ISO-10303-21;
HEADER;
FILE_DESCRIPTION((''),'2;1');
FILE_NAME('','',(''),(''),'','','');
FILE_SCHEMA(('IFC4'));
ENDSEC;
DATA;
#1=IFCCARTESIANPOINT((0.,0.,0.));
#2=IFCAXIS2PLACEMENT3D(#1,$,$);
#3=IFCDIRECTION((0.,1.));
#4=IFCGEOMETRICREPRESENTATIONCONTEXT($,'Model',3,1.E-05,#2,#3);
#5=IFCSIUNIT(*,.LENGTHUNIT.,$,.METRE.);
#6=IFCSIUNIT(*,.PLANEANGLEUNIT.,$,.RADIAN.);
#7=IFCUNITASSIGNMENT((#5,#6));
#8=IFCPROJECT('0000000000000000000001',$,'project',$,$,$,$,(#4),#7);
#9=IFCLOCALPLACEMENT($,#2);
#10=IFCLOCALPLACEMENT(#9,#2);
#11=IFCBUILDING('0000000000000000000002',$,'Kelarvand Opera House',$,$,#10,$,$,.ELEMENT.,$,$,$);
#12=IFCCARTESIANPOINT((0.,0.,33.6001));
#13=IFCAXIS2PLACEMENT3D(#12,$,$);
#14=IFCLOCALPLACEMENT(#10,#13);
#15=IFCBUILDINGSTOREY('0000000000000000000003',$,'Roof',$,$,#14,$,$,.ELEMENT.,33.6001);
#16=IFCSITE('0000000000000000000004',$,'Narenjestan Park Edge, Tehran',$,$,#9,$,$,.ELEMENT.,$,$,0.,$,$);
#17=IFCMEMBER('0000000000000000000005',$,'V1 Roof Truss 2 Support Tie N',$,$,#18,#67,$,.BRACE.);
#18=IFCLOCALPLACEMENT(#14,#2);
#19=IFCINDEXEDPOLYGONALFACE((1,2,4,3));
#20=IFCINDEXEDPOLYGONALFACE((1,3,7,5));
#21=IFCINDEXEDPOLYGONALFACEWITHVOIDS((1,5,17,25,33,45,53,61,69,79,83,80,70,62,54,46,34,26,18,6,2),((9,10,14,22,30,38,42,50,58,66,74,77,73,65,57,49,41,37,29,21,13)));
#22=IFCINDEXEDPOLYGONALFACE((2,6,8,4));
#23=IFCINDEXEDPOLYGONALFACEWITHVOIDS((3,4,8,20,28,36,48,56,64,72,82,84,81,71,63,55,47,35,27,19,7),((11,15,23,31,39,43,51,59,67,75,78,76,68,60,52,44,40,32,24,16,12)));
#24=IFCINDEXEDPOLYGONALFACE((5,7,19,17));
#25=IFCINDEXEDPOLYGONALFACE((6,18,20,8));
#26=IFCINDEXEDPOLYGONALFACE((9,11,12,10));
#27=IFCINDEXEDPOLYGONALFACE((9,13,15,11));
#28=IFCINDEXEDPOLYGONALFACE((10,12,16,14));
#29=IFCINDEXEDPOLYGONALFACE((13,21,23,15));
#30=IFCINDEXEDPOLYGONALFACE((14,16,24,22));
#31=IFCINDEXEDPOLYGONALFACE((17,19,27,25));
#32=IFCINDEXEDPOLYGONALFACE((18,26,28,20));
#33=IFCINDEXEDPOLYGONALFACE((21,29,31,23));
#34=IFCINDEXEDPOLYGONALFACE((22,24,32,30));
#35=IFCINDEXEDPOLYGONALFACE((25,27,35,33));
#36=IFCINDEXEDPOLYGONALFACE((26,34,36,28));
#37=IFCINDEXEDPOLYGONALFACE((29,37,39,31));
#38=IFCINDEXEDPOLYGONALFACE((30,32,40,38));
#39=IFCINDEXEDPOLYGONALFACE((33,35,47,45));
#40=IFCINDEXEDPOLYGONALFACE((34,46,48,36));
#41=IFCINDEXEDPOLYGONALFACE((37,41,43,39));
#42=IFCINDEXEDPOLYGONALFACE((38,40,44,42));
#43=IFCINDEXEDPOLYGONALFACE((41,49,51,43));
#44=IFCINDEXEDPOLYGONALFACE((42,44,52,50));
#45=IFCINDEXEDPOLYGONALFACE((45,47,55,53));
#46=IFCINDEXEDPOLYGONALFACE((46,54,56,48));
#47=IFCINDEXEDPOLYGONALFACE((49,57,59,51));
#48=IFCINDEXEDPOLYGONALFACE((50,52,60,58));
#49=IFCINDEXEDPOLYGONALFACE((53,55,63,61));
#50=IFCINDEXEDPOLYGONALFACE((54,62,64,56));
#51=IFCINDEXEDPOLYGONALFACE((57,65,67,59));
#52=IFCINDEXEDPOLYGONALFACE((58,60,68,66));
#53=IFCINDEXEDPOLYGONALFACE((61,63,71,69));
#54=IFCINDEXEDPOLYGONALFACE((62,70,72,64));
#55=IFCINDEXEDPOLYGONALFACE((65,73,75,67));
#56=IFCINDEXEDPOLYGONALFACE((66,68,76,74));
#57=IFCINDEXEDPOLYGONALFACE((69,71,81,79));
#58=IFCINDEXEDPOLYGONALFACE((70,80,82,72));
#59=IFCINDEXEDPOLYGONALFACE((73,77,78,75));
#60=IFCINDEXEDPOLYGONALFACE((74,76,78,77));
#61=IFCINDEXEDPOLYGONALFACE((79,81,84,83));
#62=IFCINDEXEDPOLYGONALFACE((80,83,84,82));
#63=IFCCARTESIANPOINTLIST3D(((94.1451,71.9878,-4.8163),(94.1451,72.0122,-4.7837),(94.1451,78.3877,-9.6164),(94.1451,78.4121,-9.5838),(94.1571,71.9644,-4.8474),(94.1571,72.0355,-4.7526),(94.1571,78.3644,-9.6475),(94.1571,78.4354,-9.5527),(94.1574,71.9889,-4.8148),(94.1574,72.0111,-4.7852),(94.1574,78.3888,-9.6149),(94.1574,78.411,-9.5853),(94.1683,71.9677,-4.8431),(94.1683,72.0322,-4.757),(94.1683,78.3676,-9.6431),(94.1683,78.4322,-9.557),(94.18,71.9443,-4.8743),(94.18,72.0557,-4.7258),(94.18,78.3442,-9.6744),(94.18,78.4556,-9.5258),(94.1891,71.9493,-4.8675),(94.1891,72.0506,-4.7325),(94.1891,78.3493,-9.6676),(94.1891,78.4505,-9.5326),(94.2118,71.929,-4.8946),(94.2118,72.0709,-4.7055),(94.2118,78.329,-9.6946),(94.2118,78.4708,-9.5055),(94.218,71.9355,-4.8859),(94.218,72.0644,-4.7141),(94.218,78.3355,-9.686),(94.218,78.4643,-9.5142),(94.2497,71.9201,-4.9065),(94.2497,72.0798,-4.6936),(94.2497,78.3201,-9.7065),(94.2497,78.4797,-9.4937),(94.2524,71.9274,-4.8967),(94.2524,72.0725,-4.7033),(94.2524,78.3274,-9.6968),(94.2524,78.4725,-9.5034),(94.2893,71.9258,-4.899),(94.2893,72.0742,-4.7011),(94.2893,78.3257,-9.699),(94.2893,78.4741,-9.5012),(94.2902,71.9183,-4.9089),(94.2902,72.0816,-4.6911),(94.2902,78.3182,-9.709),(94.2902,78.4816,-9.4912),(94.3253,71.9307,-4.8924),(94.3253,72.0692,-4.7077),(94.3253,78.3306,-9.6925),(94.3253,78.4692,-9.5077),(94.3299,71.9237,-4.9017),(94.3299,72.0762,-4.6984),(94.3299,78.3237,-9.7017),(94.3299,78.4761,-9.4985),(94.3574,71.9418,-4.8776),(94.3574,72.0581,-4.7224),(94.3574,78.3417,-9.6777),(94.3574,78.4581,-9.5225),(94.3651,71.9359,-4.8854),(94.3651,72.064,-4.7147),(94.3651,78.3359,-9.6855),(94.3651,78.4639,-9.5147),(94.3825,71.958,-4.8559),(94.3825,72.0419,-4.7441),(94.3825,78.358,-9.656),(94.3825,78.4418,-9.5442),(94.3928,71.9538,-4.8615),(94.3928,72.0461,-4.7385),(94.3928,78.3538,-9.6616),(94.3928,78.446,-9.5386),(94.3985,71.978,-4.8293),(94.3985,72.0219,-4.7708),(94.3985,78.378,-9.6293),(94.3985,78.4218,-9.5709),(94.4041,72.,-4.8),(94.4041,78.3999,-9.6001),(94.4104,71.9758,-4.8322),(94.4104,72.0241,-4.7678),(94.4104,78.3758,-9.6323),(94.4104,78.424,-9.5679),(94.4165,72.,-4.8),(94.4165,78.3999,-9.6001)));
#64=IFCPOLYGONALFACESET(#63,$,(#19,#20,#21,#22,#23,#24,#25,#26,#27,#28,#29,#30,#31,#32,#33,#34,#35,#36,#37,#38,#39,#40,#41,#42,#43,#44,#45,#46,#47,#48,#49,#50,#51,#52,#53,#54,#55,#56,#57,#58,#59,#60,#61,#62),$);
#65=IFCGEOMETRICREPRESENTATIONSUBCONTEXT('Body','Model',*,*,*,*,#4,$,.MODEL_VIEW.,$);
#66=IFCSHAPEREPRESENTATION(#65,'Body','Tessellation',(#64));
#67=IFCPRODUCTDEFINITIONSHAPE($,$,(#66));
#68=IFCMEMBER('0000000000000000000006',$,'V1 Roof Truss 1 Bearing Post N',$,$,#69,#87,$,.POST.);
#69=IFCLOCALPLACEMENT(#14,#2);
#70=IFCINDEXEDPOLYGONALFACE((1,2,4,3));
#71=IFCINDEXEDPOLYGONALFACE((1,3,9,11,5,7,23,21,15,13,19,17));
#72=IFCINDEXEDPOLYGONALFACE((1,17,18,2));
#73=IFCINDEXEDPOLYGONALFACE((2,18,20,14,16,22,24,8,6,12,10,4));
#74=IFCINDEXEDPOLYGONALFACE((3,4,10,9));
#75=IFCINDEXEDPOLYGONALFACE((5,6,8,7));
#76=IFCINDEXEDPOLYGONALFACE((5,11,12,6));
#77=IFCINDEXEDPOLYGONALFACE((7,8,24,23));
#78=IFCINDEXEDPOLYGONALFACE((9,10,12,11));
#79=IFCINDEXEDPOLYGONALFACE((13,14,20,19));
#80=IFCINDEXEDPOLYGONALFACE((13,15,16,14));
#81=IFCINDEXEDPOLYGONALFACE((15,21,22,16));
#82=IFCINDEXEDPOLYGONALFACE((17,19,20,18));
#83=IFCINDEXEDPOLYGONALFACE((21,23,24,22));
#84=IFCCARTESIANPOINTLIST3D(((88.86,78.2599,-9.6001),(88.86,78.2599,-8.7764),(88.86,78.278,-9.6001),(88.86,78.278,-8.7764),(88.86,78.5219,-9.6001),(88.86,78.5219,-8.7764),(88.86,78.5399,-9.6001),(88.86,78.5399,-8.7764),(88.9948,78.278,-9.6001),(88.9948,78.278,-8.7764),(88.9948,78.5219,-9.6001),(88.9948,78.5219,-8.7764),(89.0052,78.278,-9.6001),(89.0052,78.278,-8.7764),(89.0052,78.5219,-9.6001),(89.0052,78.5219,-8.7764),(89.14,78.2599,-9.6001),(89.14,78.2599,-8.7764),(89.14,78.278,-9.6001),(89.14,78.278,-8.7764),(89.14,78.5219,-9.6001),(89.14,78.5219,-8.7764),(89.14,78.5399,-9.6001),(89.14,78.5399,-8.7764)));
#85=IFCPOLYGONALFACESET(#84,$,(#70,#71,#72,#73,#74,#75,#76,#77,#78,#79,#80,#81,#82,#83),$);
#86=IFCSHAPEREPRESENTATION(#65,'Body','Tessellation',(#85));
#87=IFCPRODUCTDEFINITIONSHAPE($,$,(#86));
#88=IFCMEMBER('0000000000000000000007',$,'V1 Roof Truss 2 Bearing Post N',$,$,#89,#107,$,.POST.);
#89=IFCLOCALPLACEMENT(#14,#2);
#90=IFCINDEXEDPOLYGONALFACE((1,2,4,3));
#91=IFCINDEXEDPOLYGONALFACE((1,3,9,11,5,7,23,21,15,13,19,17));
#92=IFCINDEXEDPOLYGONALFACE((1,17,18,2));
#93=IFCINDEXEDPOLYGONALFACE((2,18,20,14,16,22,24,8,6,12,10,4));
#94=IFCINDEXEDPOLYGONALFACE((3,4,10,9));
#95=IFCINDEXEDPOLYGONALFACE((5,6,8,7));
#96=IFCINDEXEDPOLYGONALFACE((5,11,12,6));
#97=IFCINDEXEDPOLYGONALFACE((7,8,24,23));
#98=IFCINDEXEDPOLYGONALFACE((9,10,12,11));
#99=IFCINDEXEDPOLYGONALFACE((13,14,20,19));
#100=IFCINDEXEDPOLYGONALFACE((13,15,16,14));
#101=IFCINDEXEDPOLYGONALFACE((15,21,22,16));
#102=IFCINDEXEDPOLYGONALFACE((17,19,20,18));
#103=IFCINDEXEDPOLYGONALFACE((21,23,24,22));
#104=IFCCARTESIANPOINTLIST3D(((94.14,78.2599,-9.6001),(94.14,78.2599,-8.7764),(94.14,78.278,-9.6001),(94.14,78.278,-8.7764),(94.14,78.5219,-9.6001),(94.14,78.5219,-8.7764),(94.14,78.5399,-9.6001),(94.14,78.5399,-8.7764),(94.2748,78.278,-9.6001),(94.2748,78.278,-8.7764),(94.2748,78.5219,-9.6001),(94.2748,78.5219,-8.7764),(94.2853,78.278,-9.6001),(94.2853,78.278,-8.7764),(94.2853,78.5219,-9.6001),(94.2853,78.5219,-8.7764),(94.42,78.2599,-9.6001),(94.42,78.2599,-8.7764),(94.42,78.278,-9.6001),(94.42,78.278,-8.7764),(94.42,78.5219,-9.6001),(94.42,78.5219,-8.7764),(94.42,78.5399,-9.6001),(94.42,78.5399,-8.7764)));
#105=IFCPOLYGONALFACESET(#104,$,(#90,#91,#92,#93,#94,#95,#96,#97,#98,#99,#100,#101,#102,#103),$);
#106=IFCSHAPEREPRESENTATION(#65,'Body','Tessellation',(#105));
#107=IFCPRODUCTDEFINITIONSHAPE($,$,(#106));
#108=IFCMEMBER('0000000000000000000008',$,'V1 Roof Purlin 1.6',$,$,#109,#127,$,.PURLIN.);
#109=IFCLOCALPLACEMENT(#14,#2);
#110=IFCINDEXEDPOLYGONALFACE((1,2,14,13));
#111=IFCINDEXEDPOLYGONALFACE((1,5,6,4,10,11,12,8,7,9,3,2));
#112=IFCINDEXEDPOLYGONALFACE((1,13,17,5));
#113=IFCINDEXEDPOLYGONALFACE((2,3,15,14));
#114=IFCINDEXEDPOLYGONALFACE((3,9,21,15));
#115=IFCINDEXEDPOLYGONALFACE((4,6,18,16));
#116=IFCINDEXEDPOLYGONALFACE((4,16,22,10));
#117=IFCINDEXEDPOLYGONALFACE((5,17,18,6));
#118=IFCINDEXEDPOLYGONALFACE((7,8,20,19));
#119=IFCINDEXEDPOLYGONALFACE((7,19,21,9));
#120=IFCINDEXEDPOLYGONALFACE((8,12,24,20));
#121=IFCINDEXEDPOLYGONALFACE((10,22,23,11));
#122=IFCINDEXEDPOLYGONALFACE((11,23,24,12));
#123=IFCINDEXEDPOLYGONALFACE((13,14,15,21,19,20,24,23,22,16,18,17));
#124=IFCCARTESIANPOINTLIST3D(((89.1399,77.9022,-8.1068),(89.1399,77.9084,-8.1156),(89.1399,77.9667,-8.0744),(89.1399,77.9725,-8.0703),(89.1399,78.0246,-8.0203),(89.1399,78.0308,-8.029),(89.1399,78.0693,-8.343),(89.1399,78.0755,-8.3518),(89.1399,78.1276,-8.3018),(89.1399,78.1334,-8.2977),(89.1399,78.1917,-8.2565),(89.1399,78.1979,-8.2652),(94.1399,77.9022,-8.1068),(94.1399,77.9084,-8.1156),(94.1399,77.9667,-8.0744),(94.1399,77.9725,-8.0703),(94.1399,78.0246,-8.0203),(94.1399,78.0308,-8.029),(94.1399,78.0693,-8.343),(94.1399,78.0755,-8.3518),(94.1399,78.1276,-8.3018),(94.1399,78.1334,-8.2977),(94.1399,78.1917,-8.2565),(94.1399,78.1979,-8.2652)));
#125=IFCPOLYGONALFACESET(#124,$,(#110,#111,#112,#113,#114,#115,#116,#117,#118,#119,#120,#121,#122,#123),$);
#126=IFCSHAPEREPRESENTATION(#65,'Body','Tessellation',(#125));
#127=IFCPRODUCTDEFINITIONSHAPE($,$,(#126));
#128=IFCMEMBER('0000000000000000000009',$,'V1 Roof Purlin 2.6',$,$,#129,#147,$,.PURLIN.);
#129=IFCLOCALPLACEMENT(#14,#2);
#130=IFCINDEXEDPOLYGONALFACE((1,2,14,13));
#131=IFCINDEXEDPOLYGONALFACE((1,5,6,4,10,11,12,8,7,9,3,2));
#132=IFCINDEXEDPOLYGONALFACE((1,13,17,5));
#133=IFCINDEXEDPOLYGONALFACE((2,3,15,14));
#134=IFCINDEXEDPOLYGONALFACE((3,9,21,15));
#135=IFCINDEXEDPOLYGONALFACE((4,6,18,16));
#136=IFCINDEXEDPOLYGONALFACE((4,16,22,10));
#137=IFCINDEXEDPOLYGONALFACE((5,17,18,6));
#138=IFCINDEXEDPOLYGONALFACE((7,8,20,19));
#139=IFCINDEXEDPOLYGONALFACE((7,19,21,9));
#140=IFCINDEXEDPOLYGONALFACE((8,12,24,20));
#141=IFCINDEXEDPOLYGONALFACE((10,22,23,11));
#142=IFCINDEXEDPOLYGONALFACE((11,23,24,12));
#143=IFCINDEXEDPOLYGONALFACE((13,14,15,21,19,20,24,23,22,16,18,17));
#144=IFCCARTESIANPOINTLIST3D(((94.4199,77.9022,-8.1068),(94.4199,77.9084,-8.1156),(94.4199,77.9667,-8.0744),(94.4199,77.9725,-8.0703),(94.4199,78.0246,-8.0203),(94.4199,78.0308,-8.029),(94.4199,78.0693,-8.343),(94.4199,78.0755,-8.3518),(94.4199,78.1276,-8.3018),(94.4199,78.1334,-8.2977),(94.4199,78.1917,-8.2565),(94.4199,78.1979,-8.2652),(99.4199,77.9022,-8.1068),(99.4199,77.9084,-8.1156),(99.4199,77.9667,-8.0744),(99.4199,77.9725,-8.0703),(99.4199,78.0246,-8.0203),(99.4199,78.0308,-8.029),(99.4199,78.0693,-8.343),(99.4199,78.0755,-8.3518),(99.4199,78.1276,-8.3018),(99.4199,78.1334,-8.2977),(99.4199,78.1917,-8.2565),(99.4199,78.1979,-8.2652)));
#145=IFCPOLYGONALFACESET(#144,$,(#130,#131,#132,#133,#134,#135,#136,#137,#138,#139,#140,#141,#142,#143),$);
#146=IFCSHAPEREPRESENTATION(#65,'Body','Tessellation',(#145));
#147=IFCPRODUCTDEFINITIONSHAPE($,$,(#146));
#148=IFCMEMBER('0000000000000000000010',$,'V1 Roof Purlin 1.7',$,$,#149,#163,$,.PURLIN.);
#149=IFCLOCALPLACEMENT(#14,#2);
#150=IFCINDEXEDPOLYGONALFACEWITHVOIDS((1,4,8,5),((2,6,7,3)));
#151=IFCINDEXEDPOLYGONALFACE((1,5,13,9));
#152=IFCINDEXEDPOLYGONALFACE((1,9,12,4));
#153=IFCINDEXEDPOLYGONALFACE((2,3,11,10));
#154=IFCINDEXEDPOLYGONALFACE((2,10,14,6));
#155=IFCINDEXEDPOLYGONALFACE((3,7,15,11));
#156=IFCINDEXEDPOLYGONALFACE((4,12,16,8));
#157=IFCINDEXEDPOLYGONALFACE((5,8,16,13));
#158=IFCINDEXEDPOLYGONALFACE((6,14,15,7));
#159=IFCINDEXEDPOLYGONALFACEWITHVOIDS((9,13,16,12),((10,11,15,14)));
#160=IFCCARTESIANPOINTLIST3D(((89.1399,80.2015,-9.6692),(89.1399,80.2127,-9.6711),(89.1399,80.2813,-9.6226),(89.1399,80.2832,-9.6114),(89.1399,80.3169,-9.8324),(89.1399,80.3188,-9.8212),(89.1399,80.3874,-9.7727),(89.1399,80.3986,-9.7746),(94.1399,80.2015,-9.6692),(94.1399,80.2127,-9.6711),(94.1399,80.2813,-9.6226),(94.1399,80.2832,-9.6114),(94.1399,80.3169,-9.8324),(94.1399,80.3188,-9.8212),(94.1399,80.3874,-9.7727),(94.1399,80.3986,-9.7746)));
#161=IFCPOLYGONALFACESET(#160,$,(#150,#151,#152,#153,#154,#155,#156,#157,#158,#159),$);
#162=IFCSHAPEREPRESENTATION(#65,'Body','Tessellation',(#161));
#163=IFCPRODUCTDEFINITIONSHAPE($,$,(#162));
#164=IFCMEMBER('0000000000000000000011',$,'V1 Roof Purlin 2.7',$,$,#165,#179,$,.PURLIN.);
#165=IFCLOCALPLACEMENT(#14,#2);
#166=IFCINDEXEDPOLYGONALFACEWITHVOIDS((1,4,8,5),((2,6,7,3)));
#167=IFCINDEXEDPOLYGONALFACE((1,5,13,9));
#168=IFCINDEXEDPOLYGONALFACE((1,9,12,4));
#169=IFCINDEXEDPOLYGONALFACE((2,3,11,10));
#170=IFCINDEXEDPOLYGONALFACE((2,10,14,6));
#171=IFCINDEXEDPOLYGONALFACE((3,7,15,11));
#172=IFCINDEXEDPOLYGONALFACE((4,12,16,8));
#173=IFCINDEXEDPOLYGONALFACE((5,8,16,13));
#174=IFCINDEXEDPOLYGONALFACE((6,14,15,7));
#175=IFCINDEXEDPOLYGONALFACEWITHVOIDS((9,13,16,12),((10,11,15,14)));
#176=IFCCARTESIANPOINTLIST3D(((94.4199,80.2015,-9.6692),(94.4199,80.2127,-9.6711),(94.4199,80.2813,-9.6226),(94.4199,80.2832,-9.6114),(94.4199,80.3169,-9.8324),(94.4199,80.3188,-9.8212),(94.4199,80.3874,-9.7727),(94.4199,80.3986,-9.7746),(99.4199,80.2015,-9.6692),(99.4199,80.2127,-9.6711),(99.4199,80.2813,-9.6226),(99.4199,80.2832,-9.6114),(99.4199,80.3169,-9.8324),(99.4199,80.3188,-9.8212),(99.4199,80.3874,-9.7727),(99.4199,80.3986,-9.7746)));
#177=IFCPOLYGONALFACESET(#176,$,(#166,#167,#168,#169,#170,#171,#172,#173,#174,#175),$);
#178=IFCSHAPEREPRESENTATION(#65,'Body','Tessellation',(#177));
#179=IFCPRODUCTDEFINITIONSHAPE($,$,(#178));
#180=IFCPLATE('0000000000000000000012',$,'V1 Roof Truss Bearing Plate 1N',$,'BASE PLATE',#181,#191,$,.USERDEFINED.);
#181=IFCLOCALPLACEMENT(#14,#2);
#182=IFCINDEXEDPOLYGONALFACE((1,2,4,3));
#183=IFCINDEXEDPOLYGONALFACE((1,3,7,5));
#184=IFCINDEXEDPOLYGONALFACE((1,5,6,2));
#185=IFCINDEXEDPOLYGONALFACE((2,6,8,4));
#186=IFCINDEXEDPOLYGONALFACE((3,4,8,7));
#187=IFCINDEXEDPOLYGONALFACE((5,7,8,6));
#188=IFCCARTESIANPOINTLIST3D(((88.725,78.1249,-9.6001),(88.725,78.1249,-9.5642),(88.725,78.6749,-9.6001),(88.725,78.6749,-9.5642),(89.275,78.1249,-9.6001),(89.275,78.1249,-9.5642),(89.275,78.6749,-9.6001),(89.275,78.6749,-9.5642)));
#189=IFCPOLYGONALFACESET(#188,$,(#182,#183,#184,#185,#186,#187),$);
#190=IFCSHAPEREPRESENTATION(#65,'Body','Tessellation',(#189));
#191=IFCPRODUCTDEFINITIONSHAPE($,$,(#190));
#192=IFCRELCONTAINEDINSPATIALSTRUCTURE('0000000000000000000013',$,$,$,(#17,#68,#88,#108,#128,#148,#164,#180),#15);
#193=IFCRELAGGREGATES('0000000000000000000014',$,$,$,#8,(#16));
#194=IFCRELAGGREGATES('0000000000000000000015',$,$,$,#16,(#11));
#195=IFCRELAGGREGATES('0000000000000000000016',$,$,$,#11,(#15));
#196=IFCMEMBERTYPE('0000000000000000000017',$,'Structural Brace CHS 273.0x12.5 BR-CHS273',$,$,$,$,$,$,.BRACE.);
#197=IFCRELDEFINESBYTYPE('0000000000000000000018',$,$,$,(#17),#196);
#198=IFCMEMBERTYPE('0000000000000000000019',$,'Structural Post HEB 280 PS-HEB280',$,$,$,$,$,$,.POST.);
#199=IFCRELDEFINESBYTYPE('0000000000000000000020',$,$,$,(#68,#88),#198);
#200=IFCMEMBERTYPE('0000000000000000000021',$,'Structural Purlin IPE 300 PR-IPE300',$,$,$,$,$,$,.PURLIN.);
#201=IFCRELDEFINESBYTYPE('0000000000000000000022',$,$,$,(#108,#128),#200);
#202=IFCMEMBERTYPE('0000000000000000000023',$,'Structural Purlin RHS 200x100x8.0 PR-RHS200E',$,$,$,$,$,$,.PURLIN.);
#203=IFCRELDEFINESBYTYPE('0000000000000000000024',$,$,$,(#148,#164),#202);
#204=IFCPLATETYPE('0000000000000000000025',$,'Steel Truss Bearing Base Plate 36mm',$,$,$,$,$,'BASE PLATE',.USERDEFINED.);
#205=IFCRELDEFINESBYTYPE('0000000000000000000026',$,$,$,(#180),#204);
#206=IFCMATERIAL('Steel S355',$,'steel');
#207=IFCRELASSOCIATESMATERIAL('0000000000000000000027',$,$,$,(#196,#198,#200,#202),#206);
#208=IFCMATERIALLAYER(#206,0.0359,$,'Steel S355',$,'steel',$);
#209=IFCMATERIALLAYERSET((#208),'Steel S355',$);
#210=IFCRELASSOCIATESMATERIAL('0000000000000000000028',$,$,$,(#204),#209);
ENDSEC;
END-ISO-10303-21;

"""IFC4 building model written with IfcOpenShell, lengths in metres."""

from ifc_helpers import new_model, si_unit, direction, frame, origin, origin_2d, place, context, subcontext, project, spatial, rectangle, hollow_rectangle, hollow_circle, i_section, extrude, material, layer, layer_set, material_profile, profile_set, type_object, element, save


model = new_model("IFC4")

# Units and contexts
model_context = context("Model", 3, precision=1e-05, world=origin(), true_north=direction((0.0, 1.0)))
body_context = subcontext(model_context, "Body", "Model", "MODEL_VIEW")
ifc_project = project(units=[si_unit("LENGTHUNIT", "METRE"), si_unit("PLANEANGLEUNIT", "RADIAN")], contexts=[model_context])

# Site, building, storey
site_placement = place(None, origin())
site = spatial("IfcSite", under=ifc_project, at=site_placement, Name="Narenjestan Park Edge, Tehran", CompositionType="ELEMENT", RefElevation=0.0)
building_placement = place(site_placement, origin())
building = spatial("IfcBuilding", under=site, at=building_placement, Name="Kelarvand Opera House", CompositionType="ELEMENT")
storey_placement = place(building_placement, frame((0.0, 0.0, 33.6001)))
storey = spatial("IfcBuildingStorey", under=building, at=storey_placement, Name="Roof", CompositionType="ELEMENT", Elevation=33.6001)

# Members
ifc_material = material(Name="Steel S355", Category="steel")
ifc_material_profile_1 = material_profile(ifc_material, hollow_circle(Radius=0.1365, WallThickness=0.0125, at=origin_2d()), Name="CHS 273.0x12.5", Category="steel")
ifc_profile_set_1 = profile_set([ifc_material_profile_1], Name="Steel S355")
member_type_1 = type_object("IfcMemberType", Name="Structural Brace CHS 273.0x12.5 BR-CHS273", PredefinedType="BRACE", material=ifc_profile_set_1)
member_1_placement = place(storey_placement, frame((94.28, 78.3999, -9.6001), z_axis=(0.0, -0.799993, 0.60001), x_axis=(1.0, 0.0, 0.0)))
element("IfcMember", 1, at=member_1_placement, inside=storey, type_object=member_type_1, Name="V1 Roof Truss 2 Support Tie N", PredefinedType="BRACE", context=body_context, shape_type="SweptSolid", body=[
    extrude(hollow_circle(Radius=0.1365, WallThickness=0.0125, at=origin_2d()), origin(), (0.0, 0.0, 1.0), 8.0),
])
ifc_material_profile_2 = material_profile(ifc_material, i_section(OverallWidth=0.28, OverallDepth=0.28, WebThickness=0.0105, FlangeThickness=0.0181, at=origin_2d()), Name="HEB 280", Category="steel")
ifc_profile_set_2 = profile_set([ifc_material_profile_2], Name="Steel S355")
member_type_2 = type_object("IfcMemberType", Name="Structural Post HEB 280 PS-HEB280", PredefinedType="POST", material=ifc_profile_set_2)
for number, where, z_axis, x_axis, name in (
    (2, (89.0, 78.3999, -9.6001), (0.0, 0.0, 1.0), (1.0, 0.0, 0.0), "V1 Roof Truss 1 Bearing Post N"),
    (3, (94.28, 78.3999, -9.6001), (0.0, 0.0, 1.0), (1.0, 0.0, 0.0), "V1 Roof Truss 2 Bearing Post N"),
):
    element("IfcMember", number, at=place(storey_placement, frame(where, z_axis=z_axis, x_axis=x_axis)), inside=storey, type_object=member_type_2, Name=name, PredefinedType="POST", context=body_context, shape_type="SweptSolid", body=[
        extrude(i_section(OverallWidth=0.28, OverallDepth=0.28, WebThickness=0.0105, FlangeThickness=0.0181, at=origin_2d()), origin(), (0.0, 0.0, 1.0), 0.8237),
    ])
ifc_material_profile_3 = material_profile(ifc_material, i_section(OverallWidth=0.1499, OverallDepth=0.3, WebThickness=0.0071, FlangeThickness=0.0107, at=origin_2d()), Name="IPE 300", Category="steel")
ifc_profile_set_3 = profile_set([ifc_material_profile_3], Name="Steel S355")
member_type_3 = type_object("IfcMemberType", Name="Structural Purlin IPE 300 PR-IPE300", PredefinedType="PURLIN", material=ifc_profile_set_3)
for number, where, z_axis, x_axis, name in (
    (4, (89.1399, 78.05, -8.186), (1.0, 0.0, 0.0), (0.0, 0.81644, 0.57743), "V1 Roof Purlin 1.6"),
    (5, (94.4199, 78.05, -8.186), (1.0, 0.0, 0.0), (0.0, 0.81644, 0.57743), "V1 Roof Purlin 2.6"),
):
    element("IfcMember", number, at=place(storey_placement, frame(where, z_axis=z_axis, x_axis=x_axis)), inside=storey, type_object=member_type_3, Name=name, PredefinedType="PURLIN", context=body_context, shape_type="SweptSolid", body=[
        extrude(i_section(OverallWidth=0.1499, OverallDepth=0.3, WebThickness=0.0071, FlangeThickness=0.0107, at=origin_2d()), origin(), (0.0, 0.0, 1.0), 5.0),
    ])
ifc_material_profile_4 = material_profile(ifc_material, hollow_rectangle(XDim=0.1001, YDim=0.2, WallThickness=0.0081, at=origin_2d()), Name="RHS 200x100x8.0", Category="steel")
ifc_profile_set_4 = profile_set([ifc_material_profile_4], Name="Steel S355")
member_type_4 = type_object("IfcMemberType", Name="Structural Purlin RHS 200x100x8.0 PR-RHS200E", PredefinedType="PURLIN", material=ifc_profile_set_4)
for number, where, z_axis, x_axis, name in (
    (6, (89.1399, 80.3, -9.7219), (1.0, 0.0, 0.0), (0.0, 0.81644, 0.57743), "V1 Roof Purlin 1.7"),
    (7, (94.4199, 80.3, -9.7219), (1.0, 0.0, 0.0), (0.0, 0.81644, 0.57743), "V1 Roof Purlin 2.7"),
):
    element("IfcMember", number, at=place(storey_placement, frame(where, z_axis=z_axis, x_axis=x_axis)), inside=storey, type_object=member_type_4, Name=name, PredefinedType="PURLIN", context=body_context, shape_type="SweptSolid", body=[
        extrude(hollow_rectangle(XDim=0.1001, YDim=0.2, WallThickness=0.0081, at=origin_2d()), origin(), (0.0, 0.0, 1.0), 5.0),
    ])

# Plate
ifc_layer = layer(ifc_material, 0.0359, Name="Steel S355", Category="steel")
ifc_layer_set = layer_set([ifc_layer], Name="Steel S355")
plate_type = type_object("IfcPlateType", Name="Steel Truss Bearing Base Plate 36mm", ElementType="BASE PLATE", PredefinedType="USERDEFINED", material=ifc_layer_set)
for number, where, z_axis, x_axis, name in (
    (8, (89.0, 78.3999, -9.6001), (0.0, 0.0, 1.0), (1.0, 0.0, 0.0), "V1 Roof Truss Bearing Plate 1N"),
):
    element("IfcPlate", number, at=place(storey_placement, frame(where, z_axis=z_axis, x_axis=x_axis)), inside=storey, type_object=plate_type, Name=name, ObjectType="BASE PLATE", PredefinedType="USERDEFINED", context=body_context, shape_type="SweptSolid", body=[
        extrude(rectangle(XDim=0.55, YDim=0.55, at=origin_2d()), origin(), (0.0, 0.0, 1.0), 0.0359),
    ])

save(model, "model.ifc")
